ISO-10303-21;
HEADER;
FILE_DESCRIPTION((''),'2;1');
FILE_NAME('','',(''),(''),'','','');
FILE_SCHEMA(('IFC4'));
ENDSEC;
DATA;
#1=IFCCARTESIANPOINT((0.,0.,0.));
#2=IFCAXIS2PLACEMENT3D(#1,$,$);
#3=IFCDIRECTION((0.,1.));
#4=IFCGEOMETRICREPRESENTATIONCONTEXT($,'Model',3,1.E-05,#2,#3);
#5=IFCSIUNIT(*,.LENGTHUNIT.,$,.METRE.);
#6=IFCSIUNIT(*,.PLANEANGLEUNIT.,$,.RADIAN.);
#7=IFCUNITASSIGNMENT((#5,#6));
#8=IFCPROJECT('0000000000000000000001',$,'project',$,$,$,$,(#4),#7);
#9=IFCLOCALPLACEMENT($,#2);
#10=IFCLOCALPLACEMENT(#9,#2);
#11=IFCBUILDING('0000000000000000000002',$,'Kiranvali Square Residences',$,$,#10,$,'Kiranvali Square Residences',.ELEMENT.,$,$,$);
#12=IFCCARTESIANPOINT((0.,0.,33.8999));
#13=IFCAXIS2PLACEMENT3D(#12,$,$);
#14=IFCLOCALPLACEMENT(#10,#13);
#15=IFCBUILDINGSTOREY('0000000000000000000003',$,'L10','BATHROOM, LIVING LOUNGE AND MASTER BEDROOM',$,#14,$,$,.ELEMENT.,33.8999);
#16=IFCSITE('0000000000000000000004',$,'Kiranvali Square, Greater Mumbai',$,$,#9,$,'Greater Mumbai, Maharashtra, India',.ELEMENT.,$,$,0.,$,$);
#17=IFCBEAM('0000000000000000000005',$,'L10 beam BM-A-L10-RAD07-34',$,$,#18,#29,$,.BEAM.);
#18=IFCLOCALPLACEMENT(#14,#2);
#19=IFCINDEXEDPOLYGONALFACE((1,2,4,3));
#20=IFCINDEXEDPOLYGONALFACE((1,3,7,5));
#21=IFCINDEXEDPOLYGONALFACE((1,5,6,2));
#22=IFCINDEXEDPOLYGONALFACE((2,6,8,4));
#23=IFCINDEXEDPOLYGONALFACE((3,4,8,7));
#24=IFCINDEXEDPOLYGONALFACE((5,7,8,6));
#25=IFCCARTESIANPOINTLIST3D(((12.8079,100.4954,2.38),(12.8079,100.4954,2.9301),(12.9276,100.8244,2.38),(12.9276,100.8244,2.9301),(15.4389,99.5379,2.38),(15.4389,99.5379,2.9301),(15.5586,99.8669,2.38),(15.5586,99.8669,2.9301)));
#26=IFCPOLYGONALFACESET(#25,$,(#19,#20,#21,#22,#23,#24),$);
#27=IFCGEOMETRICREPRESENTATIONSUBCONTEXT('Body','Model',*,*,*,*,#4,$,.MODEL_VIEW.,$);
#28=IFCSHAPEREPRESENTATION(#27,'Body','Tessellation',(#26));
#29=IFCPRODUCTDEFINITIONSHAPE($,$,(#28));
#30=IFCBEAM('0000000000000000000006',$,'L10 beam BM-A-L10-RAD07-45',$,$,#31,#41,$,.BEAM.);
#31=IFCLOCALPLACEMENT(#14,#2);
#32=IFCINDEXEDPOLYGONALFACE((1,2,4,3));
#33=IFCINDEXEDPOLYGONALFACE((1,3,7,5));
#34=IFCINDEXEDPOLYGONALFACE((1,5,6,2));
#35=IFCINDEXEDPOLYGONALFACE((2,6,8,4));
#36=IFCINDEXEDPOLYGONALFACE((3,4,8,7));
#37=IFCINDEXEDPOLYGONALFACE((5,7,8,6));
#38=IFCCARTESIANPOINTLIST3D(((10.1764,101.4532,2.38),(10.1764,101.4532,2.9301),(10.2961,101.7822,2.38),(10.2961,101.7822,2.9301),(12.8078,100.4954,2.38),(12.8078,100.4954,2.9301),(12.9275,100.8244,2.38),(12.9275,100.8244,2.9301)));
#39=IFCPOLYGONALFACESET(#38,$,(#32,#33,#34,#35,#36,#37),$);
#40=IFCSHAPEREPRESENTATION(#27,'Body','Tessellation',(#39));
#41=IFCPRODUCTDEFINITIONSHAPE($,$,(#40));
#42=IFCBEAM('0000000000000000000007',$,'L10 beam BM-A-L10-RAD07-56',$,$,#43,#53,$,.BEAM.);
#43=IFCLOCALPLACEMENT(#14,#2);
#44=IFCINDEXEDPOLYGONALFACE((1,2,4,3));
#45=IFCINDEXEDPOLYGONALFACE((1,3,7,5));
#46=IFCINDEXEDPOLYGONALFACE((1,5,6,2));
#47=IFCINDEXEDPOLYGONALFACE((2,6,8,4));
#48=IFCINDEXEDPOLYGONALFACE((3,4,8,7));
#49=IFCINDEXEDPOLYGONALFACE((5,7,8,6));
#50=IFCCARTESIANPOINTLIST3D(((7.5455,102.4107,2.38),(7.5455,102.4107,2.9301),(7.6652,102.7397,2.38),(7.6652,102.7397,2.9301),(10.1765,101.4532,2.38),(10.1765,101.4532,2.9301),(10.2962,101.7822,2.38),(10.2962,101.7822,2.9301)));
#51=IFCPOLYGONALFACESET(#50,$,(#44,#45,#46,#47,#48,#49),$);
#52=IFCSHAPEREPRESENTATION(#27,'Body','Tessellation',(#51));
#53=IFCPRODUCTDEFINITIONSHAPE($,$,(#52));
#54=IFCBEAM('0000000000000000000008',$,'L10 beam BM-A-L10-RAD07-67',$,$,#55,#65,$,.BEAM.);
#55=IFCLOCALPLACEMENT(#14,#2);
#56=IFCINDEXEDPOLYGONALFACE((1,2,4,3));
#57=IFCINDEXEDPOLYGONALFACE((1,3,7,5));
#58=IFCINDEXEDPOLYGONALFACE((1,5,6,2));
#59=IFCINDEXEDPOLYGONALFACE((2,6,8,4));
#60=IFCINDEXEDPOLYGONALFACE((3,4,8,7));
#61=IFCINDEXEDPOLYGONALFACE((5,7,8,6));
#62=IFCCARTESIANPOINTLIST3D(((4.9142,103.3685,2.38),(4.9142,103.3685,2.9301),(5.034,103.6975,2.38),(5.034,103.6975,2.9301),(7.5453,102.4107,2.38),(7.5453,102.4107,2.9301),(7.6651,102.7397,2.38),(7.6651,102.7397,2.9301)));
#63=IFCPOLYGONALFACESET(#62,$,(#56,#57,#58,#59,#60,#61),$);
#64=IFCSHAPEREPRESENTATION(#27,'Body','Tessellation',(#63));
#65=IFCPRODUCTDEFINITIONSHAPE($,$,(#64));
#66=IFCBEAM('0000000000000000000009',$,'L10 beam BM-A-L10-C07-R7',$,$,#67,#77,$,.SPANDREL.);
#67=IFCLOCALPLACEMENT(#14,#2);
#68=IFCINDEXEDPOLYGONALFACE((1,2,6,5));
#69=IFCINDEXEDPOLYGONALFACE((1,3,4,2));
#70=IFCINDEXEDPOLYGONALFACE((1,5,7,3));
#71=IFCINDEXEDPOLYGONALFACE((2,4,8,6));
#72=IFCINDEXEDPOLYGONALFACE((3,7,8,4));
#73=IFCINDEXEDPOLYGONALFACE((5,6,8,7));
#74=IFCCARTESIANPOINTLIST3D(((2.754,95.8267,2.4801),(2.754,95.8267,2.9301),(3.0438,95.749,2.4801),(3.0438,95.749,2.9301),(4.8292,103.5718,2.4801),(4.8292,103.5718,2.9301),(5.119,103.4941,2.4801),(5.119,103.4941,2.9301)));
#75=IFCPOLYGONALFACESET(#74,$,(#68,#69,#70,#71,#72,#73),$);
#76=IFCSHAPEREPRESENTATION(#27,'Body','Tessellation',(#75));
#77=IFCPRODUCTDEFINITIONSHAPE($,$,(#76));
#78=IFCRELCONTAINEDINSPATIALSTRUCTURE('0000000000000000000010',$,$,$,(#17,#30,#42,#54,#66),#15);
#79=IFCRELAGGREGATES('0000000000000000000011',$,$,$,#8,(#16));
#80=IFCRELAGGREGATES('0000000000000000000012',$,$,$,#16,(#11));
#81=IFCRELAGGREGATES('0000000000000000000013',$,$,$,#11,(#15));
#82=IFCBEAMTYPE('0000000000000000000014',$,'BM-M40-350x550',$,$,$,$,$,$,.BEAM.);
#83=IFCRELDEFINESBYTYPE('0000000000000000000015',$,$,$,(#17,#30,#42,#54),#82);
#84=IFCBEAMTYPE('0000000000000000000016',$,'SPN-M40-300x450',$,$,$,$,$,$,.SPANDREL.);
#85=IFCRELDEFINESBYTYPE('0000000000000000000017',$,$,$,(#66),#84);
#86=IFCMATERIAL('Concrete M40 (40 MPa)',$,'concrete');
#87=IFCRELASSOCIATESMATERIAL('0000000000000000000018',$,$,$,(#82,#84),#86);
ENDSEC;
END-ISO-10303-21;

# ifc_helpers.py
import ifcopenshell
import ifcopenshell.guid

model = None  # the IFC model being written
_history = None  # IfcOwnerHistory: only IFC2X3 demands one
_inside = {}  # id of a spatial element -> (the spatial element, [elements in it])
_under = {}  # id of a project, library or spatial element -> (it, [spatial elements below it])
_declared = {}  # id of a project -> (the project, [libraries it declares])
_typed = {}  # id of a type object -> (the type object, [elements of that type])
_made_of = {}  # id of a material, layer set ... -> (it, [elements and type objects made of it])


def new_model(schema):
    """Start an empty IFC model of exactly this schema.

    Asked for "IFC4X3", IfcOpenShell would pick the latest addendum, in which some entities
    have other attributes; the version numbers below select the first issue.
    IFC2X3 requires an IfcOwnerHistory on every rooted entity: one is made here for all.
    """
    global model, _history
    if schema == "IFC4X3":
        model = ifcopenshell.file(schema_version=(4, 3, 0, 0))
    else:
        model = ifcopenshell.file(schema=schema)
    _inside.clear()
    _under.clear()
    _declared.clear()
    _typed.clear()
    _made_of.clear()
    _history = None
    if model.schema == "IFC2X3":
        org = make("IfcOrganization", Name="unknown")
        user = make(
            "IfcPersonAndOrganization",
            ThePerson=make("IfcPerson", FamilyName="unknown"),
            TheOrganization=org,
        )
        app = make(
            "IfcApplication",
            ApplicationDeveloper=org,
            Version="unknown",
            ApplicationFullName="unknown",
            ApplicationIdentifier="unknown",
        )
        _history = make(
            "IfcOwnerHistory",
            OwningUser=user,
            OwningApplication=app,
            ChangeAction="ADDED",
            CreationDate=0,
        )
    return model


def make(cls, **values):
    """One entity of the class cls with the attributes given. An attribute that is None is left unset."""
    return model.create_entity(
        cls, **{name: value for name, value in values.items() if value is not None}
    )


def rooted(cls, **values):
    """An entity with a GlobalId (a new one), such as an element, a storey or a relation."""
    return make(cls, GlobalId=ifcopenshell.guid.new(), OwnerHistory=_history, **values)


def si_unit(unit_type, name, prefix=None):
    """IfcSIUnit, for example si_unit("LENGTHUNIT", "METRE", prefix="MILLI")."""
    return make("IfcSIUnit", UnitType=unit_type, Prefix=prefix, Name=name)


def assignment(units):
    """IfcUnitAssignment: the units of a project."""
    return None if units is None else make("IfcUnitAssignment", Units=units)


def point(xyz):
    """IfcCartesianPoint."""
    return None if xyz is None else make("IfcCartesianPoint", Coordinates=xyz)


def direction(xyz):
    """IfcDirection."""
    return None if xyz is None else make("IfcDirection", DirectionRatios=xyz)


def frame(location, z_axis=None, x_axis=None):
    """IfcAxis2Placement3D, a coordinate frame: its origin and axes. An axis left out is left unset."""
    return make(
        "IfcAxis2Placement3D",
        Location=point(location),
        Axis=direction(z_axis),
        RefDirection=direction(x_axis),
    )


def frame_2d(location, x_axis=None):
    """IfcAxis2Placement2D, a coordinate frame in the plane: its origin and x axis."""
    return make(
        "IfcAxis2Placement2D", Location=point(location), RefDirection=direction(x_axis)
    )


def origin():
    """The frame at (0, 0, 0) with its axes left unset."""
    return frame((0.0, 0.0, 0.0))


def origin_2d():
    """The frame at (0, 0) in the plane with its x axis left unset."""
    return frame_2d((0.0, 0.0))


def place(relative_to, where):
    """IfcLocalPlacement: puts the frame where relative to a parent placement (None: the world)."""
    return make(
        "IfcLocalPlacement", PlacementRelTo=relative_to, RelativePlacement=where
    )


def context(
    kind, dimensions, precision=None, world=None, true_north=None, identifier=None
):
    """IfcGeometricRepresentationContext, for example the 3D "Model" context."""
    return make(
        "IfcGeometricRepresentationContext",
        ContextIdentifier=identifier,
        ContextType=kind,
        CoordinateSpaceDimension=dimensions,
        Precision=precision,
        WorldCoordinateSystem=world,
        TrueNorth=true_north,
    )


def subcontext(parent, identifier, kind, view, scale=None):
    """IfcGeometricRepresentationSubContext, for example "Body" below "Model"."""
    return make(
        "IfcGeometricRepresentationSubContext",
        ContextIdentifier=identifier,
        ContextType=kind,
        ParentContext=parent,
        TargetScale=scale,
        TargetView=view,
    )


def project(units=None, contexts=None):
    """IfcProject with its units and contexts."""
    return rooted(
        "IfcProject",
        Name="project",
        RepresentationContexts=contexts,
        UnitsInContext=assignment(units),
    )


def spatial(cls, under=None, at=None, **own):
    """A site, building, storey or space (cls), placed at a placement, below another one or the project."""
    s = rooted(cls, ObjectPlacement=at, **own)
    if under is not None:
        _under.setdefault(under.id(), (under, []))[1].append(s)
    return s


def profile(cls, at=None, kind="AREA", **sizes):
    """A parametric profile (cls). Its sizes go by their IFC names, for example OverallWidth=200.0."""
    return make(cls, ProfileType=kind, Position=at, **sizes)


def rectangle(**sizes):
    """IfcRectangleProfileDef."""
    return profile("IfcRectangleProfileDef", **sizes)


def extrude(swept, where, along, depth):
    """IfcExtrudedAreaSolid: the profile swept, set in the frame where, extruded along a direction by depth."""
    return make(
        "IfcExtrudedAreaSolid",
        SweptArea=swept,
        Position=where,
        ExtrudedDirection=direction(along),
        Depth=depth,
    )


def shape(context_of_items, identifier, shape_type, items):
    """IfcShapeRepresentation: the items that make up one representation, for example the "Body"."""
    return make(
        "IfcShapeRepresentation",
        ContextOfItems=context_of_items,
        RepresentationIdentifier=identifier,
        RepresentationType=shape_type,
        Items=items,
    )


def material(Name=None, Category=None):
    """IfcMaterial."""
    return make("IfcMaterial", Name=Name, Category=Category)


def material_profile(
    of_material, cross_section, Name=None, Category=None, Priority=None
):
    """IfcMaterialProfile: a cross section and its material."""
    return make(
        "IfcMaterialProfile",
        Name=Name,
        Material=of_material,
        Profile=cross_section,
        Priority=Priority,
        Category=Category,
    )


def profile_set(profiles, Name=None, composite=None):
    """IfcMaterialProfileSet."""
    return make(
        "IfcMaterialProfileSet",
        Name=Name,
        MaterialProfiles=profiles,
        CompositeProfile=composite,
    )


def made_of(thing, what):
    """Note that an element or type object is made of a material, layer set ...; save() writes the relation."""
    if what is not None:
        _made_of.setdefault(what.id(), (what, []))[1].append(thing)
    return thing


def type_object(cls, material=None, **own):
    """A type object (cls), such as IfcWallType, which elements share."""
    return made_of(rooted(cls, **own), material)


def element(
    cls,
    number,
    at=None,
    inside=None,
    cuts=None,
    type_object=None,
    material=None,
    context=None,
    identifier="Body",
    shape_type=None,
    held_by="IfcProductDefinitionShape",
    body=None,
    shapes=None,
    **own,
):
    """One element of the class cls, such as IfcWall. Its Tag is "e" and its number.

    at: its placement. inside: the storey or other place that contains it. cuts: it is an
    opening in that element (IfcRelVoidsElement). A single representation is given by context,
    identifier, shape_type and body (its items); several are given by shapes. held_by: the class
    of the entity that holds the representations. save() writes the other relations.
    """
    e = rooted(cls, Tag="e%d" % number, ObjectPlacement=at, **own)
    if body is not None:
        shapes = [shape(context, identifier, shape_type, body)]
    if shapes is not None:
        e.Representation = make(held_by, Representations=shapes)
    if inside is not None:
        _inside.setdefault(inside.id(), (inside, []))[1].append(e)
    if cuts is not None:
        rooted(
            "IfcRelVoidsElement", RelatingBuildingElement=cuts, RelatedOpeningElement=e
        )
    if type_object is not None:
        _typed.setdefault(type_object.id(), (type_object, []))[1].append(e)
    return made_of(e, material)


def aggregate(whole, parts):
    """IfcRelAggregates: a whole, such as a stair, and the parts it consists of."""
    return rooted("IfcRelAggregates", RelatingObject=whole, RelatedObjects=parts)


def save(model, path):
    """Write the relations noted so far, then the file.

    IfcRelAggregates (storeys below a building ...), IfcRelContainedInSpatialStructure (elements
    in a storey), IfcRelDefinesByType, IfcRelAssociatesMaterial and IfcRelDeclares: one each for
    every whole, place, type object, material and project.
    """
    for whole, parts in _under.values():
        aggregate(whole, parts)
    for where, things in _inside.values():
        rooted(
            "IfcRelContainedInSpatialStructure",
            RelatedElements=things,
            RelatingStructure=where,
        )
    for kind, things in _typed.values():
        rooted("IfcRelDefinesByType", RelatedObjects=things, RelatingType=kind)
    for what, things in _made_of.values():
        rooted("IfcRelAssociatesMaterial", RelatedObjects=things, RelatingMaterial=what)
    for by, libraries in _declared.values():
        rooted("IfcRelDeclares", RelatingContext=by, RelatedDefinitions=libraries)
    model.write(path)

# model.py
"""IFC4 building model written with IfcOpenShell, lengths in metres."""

from ifc_helpers import new_model, si_unit, direction, frame, origin, origin_2d, place, context, subcontext, project, spatial, rectangle, extrude, material, material_profile, profile_set, type_object, element, save


model = new_model("IFC4")

# Units and contexts
model_context = context("Model", 3, precision=1e-05, world=origin(), true_north=direction((0.0, 1.0)))
body_context = subcontext(model_context, "Body", "Model", "MODEL_VIEW")
ifc_project = project(units=[si_unit("LENGTHUNIT", "METRE"), si_unit("PLANEANGLEUNIT", "RADIAN")], contexts=[model_context])

# Site, building, storey
site_placement = place(None, origin())
site = spatial("IfcSite", under=ifc_project, at=site_placement, Name="Kiranvali Square, Greater Mumbai", LongName="Greater Mumbai, Maharashtra, India", CompositionType="ELEMENT", RefElevation=0.0)
building_placement = place(site_placement, origin())
building = spatial("IfcBuilding", under=site, at=building_placement, Name="Kiranvali Square Residences", LongName="Kiranvali Square Residences", CompositionType="ELEMENT")
storey_placement = place(building_placement, frame((0.0, 0.0, 33.8999)))
storey = spatial("IfcBuildingStorey", under=building, at=storey_placement, Name="L10", Description="BATHROOM, LIVING LOUNGE AND MASTER BEDROOM", CompositionType="ELEMENT", Elevation=33.8999)

# Shared definitions
ifc_material_1 = material(Name="Concrete M40 (40 MPa)", Category="concrete")

# Beams
ifc_material_profile_1 = material_profile(ifc_material_1, rectangle(XDim=0.3501, YDim=0.55, at=origin_2d()), Name="RC 350x550")
ifc_profile_set_1 = profile_set([ifc_material_profile_1], Name="Concrete M40 (40 MPa)")
beam_type_1 = type_object("IfcBeamType", Name="BM-M40-350x550", PredefinedType="BEAM", material=ifc_profile_set_1)
beam_1_placement = place(storey_placement, frame((15.4988, 99.7024, 2.655), z_axis=(-0.939707, 0.341981, 0.0), x_axis=(-0.341981, -0.939707, 0.0)))
element("IfcBeam", 1, at=beam_1_placement, inside=storey, type_object=beam_type_1, Name="L10 beam BM-A-L10-RAD07-34", PredefinedType="BEAM", context=body_context, shape_type="SweptSolid", body=[
    extrude(rectangle(XDim=0.3501, YDim=0.55, at=origin_2d()), origin(), (0.0, 0.0, 1.0), 2.7998),
])
beam_2_placement = place(storey_placement, frame((12.8677, 100.6599, 2.655), z_axis=(-0.939689, 0.34203, 0.0), x_axis=(-0.34203, -0.939689, 0.0)))
element("IfcBeam", 2, at=beam_2_placement, inside=storey, type_object=beam_type_1, Name="L10 beam BM-A-L10-RAD07-45", PredefinedType="BEAM", context=body_context, shape_type="SweptSolid", body=[
    extrude(rectangle(XDim=0.3501, YDim=0.55, at=origin_2d()), origin(), (0.0, 0.0, 1.0), 2.8003),
])
beam_3_placement = place(storey_placement, frame((10.2363, 101.6177, 2.655), z_axis=(-0.939707, 0.341981, 0.0), x_axis=(-0.341981, -0.939707, 0.0)))
element("IfcBeam", 3, at=beam_3_placement, inside=storey, type_object=beam_type_1, Name="L10 beam BM-A-L10-RAD07-56", PredefinedType="BEAM", context=body_context, shape_type="SweptSolid", body=[
    extrude(rectangle(XDim=0.3501, YDim=0.55, at=origin_2d()), origin(), (0.0, 0.0, 1.0), 2.7998),
])
beam_4_placement = place(storey_placement, frame((7.6052, 102.5752, 2.655), z_axis=(-0.939679, 0.342058, 0.0), x_axis=(-0.342058, -0.939679, 0.0)))
element("IfcBeam", 4, at=beam_4_placement, inside=storey, type_object=beam_type_1, Name="L10 beam BM-A-L10-RAD07-67", PredefinedType="BEAM", context=body_context, shape_type="SweptSolid", body=[
    extrude(rectangle(XDim=0.3501, YDim=0.55, at=origin_2d()), origin(), (0.0, 0.0, 1.0), 2.8),
])
ifc_material_profile_2 = material_profile(ifc_material_1, rectangle(XDim=0.3, YDim=0.45, at=origin_2d()), Name="RC 300x450")
ifc_profile_set_2 = profile_set([ifc_material_profile_2], Name="Concrete M40 (40 MPa)")
beam_type_2 = type_object("IfcBeamType", Name="SPN-M40-300x450", PredefinedType="SPANDREL", material=ifc_profile_set_2)
beam_5_placement = place(storey_placement, frame((4.9741, 103.533, 2.7051), z_axis=(-0.258807, -0.965929, 0.0), x_axis=(0.965929, -0.258807, 0.0)))
element("IfcBeam", 5, at=beam_5_placement, inside=storey, type_object=beam_type_2, Name="L10 beam BM-A-L10-C07-R7", PredefinedType="SPANDREL", context=body_context, shape_type="SweptSolid", body=[
    extrude(rectangle(XDim=0.3, YDim=0.45, at=origin_2d()), origin(), (0.0, 0.0, 1.0), 8.0183),
])

save(model, "model.ifc")
